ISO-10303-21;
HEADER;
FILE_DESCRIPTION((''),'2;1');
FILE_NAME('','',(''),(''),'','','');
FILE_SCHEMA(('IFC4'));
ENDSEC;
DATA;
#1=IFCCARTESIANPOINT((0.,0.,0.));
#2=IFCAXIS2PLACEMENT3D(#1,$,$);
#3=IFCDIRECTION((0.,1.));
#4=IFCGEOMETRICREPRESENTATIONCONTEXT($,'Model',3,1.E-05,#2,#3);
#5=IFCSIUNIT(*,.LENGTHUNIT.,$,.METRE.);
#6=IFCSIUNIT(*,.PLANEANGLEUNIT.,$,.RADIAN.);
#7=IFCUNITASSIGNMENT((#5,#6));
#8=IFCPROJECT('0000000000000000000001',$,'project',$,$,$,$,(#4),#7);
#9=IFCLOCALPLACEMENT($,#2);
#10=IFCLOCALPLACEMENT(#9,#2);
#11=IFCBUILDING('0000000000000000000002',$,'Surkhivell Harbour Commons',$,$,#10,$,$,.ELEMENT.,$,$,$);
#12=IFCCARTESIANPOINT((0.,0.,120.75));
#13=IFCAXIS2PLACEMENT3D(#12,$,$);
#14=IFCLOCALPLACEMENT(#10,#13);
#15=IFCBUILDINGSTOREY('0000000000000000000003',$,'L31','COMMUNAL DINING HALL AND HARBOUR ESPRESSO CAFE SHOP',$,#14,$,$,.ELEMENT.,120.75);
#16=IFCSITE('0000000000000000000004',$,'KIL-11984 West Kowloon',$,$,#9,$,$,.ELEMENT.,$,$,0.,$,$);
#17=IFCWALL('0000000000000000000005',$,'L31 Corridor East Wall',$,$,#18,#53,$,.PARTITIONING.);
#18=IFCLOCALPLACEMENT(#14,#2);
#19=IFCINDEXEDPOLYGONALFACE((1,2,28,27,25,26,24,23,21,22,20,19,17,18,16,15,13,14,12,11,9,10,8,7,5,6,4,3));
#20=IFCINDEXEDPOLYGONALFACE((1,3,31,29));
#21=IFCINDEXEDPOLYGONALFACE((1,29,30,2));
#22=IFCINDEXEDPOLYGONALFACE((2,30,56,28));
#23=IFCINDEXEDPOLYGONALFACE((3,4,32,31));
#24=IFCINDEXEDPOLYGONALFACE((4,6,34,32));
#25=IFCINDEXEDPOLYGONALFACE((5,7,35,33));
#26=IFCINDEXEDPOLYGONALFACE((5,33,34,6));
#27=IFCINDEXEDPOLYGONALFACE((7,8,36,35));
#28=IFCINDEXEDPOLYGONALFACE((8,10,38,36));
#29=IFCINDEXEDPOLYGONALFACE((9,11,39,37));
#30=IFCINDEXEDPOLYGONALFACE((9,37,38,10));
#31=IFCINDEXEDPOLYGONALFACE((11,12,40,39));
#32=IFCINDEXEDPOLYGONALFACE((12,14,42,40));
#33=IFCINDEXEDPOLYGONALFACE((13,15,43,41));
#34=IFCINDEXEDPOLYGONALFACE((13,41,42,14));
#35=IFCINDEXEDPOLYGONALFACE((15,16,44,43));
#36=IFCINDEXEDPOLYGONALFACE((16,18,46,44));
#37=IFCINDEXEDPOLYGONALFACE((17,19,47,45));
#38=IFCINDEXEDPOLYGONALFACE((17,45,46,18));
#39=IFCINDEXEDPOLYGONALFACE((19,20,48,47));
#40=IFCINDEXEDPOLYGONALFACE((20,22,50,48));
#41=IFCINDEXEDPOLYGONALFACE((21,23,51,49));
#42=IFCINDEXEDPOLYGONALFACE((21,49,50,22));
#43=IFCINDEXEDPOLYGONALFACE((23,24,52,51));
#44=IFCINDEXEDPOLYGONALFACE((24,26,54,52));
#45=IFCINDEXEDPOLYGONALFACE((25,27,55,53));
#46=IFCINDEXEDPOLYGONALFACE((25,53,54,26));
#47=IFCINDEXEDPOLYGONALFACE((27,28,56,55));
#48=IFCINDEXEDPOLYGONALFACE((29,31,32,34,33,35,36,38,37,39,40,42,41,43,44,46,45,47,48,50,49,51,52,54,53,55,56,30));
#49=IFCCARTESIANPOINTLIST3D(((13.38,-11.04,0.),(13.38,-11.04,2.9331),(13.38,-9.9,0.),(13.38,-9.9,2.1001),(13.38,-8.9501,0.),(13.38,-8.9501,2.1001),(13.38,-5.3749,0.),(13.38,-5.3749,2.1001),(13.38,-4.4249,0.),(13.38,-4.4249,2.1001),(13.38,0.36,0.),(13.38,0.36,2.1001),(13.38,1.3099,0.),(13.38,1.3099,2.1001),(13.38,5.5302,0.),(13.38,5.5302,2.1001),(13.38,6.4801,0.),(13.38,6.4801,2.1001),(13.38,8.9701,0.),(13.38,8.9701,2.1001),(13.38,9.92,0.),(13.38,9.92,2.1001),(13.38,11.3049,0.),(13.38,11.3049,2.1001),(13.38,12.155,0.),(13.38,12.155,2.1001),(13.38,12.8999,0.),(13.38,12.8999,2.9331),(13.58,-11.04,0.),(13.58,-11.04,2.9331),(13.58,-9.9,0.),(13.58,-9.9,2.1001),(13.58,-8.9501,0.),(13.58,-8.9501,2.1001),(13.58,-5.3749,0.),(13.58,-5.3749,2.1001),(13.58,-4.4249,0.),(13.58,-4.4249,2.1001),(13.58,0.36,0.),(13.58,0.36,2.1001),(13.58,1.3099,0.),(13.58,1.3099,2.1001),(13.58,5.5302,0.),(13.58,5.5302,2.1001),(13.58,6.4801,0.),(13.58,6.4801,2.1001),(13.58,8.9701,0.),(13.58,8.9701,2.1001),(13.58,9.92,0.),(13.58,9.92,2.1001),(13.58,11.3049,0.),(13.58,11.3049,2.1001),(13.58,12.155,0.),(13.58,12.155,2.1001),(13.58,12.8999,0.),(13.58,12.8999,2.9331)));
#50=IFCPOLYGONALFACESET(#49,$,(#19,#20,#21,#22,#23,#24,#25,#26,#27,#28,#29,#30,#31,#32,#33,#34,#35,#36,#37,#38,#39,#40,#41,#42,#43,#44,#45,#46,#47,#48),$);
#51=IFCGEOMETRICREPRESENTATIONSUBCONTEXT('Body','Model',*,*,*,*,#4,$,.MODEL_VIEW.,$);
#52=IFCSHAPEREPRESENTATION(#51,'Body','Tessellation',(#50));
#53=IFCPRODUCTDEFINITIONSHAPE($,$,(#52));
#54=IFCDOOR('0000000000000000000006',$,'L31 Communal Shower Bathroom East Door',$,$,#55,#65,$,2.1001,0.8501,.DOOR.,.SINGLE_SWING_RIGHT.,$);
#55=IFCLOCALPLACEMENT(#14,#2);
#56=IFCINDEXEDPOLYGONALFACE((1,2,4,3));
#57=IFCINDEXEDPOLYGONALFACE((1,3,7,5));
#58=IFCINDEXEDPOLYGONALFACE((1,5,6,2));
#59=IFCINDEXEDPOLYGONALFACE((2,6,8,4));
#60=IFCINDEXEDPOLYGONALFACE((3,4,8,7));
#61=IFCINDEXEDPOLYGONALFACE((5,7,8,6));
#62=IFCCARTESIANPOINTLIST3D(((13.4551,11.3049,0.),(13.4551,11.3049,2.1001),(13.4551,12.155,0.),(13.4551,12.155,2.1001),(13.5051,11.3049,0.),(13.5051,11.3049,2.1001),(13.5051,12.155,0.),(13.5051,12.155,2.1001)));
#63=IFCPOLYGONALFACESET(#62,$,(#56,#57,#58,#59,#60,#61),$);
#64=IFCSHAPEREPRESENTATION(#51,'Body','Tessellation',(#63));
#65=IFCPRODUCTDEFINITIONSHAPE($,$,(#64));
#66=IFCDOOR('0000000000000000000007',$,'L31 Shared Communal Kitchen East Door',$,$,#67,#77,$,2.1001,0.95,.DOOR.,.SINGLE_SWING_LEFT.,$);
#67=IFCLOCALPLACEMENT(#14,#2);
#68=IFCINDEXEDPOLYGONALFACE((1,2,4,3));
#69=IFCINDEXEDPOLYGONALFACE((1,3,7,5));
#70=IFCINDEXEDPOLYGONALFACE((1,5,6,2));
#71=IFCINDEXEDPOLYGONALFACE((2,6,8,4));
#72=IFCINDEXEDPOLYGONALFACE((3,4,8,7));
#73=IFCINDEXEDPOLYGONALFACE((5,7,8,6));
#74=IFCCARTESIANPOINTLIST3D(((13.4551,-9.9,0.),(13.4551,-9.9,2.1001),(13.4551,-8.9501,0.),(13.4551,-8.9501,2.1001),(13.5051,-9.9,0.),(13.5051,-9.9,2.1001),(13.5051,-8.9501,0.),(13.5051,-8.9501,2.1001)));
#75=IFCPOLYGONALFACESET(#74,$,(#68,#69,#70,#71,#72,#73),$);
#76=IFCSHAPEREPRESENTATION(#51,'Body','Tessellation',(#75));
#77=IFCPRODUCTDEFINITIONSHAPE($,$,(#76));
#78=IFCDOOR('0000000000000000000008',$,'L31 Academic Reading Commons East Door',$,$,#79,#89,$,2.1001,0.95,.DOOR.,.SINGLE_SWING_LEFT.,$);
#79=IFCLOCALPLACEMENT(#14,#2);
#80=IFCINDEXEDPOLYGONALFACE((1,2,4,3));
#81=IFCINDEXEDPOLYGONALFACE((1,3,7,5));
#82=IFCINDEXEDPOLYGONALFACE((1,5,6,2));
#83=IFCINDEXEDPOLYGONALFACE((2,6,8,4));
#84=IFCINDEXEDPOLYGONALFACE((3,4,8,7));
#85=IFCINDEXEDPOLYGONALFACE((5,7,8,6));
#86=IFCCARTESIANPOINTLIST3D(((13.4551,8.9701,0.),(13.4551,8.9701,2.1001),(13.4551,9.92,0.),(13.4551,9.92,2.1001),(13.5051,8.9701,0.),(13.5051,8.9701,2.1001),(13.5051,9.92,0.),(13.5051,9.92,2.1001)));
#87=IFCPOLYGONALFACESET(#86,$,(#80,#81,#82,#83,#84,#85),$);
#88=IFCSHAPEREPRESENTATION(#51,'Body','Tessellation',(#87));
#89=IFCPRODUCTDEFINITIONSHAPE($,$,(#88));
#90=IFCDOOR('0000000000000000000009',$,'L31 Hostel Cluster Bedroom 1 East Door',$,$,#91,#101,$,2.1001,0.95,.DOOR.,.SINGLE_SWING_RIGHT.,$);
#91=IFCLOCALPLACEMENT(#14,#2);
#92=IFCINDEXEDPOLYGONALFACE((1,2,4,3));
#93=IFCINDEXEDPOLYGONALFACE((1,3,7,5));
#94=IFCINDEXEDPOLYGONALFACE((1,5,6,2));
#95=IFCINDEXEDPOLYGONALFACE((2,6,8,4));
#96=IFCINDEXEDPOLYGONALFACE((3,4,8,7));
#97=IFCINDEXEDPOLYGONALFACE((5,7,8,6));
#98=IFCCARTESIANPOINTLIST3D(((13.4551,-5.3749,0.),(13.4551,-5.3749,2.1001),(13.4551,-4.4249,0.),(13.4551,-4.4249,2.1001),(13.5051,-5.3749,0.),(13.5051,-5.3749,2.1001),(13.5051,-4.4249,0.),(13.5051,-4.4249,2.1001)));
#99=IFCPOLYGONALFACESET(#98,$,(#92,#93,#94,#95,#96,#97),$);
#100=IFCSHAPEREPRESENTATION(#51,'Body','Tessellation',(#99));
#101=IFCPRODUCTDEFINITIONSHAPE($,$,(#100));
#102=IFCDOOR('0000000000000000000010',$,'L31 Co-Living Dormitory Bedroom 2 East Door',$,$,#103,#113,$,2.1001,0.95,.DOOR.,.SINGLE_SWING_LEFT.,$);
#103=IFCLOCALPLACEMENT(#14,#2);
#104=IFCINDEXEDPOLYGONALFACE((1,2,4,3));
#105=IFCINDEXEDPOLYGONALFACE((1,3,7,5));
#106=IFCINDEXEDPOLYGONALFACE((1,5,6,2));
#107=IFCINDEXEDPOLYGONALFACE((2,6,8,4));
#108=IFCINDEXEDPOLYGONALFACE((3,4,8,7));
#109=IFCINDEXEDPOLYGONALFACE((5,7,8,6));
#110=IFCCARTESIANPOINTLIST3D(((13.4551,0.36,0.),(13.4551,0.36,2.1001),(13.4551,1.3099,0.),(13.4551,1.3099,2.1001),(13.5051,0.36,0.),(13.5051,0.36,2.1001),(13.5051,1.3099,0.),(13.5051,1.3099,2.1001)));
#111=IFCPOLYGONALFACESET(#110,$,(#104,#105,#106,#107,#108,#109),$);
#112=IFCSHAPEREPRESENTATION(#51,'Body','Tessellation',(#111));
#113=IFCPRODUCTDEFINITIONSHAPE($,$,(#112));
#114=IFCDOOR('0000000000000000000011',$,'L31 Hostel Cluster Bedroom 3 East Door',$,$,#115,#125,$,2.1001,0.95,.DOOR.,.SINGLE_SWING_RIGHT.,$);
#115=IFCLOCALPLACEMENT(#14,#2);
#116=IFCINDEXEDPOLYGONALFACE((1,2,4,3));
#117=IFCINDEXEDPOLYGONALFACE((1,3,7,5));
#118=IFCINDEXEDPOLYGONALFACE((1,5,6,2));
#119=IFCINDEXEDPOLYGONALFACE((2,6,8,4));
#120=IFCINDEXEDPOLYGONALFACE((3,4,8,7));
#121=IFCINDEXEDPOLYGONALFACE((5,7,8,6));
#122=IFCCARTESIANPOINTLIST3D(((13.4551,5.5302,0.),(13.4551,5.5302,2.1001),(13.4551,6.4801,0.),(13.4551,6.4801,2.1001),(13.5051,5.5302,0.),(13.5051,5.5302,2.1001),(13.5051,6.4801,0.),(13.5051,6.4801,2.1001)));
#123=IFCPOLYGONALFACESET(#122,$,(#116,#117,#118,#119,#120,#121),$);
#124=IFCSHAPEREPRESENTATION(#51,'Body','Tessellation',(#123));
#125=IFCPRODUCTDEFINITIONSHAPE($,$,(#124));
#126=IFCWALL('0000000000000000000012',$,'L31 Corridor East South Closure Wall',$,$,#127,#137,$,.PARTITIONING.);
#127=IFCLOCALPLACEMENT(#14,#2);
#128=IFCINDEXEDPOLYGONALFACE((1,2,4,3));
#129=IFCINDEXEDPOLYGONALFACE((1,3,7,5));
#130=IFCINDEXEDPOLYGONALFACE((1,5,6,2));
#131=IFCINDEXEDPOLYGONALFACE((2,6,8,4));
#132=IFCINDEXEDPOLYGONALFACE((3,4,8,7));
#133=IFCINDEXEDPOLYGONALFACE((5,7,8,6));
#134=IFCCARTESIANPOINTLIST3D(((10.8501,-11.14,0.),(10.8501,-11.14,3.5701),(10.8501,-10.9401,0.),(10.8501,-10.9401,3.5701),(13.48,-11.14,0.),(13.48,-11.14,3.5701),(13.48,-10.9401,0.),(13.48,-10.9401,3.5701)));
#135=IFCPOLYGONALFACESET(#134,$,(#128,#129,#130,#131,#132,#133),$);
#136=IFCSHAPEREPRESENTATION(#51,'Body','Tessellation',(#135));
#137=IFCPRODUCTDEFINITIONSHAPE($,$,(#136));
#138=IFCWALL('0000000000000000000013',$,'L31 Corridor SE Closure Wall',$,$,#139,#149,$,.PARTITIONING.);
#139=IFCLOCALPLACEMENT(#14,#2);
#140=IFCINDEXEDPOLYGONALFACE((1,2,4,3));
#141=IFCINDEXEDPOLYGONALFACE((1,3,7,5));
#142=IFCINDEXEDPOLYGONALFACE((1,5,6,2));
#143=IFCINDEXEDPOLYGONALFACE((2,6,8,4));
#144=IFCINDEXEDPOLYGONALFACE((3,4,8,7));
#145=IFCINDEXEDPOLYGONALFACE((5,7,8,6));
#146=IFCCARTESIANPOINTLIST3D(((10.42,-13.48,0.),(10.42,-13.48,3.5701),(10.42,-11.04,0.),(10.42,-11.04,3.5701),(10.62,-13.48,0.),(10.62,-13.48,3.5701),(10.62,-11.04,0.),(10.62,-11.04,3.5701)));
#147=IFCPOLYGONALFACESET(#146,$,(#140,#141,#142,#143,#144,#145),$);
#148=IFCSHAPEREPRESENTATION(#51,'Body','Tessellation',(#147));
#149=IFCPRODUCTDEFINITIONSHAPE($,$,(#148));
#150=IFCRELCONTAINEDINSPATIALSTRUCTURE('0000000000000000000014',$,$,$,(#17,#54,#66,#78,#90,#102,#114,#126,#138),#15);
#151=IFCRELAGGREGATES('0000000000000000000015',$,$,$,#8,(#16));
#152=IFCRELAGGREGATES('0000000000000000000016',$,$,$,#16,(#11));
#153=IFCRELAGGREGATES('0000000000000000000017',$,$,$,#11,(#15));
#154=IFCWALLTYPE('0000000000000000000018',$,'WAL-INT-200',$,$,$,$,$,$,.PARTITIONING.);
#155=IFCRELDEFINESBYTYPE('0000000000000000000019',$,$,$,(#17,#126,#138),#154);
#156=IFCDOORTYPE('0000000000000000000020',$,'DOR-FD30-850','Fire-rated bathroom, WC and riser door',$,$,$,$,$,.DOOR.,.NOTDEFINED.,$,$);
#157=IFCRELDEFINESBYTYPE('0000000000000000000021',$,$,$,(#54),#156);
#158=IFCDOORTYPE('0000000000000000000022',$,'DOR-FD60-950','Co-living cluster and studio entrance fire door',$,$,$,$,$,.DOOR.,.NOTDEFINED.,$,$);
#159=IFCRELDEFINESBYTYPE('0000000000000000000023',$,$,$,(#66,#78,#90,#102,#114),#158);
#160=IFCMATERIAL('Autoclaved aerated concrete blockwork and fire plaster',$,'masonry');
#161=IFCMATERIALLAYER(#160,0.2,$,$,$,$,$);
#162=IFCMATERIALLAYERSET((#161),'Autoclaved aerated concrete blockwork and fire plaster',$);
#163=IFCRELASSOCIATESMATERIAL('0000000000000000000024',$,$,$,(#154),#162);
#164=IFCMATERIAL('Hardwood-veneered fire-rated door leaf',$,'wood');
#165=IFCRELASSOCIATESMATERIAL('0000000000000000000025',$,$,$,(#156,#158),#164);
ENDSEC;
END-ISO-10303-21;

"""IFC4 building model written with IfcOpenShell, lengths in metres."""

from ifc_helpers import new_model, si_unit, direction, frame, frame_2d, origin, place, context, subcontext, project, spatial, rectangle, extrude, material, layer, layer_set, type_object, element, fill, save


model = new_model("IFC4")

# Units and contexts
model_context = context("Model", 3, precision=1e-05, world=origin(), true_north=direction((0.0, 1.0)))
body_context = subcontext(model_context, "Body", "Model", "MODEL_VIEW")
ifc_project = project(units=[si_unit("LENGTHUNIT", "METRE"), si_unit("PLANEANGLEUNIT", "RADIAN")], contexts=[model_context])

# Site, building, storey
site_placement = place(None, origin())
site = spatial("IfcSite", under=ifc_project, at=site_placement, Name="KIL-11984 West Kowloon", CompositionType="ELEMENT", RefElevation=0.0)
building_placement = place(site_placement, origin())
building = spatial("IfcBuilding", under=site, at=building_placement, Name="Surkhivell Harbour Commons", CompositionType="ELEMENT")
storey_placement = place(building_placement, frame((0.0, 0.0, 120.75)))
storey = spatial("IfcBuildingStorey", under=building, at=storey_placement, Name="L31", Description="COMMUNAL DINING HALL AND HARBOUR ESPRESSO CAFE SHOP", CompositionType="ELEMENT", Elevation=120.75)

# Shared definitions
ifc_material_1 = material(Name="Autoclaved aerated concrete blockwork and fire plaster", Category="masonry")
ifc_layer_1 = layer(ifc_material_1, 0.2)
ifc_layer_set_1 = layer_set([ifc_layer_1], Name="Autoclaved aerated concrete blockwork and fire plaster")
wall_type_1 = type_object("IfcWallType", Name="WAL-INT-200", PredefinedType="PARTITIONING", material=ifc_layer_set_1)

# Wall, openings, doors
wall_1_placement = place(storey_placement, frame((13.48, -11.04, 0.0), z_axis=(0.0, 0.0, 1.0), x_axis=(0.0, 1.0, 0.0)))
wall_1 = element("IfcWall", 1, at=wall_1_placement, inside=storey, type_object=wall_type_1, Name="L31 Corridor East Wall", PredefinedType="PARTITIONING", context=body_context, shape_type="SweptSolid", body=[
    extrude(rectangle(XDim=23.9399, YDim=0.2, at=frame_2d((11.97, 0.0))), origin(), (0.0, 0.0, 1.0), 2.9331),
])
opening_1_placement = place(wall_1_placement, frame((1.1399, 0.0, 0.0)))
opening_1 = element("IfcOpeningElement", 2, at=opening_1_placement, cuts=wall_1, PredefinedType="OPENING", context=body_context, shape_type="SweptSolid", body=[
    extrude(rectangle(XDim=0.95, YDim=2.1001, at=frame_2d((0.4751, 1.05))), frame((0.0, 0.1099, 0.0), z_axis=(0.0, -1.0, 0.0), x_axis=(1.0, 0.0, 0.0)), (0.0, 0.0, 1.0), 0.22),
])
opening_2_placement = place(wall_1_placement, frame((22.345, 0.0, 0.0)))
opening_2 = element("IfcOpeningElement", 3, at=opening_2_placement, cuts=wall_1, PredefinedType="OPENING", context=body_context, shape_type="SweptSolid", body=[
    extrude(rectangle(XDim=0.8501, YDim=2.1001, at=frame_2d((0.425, 1.05))), frame((0.0, 0.1099, 0.0), z_axis=(0.0, -1.0, 0.0), x_axis=(1.0, 0.0, 0.0)), (0.0, 0.0, 1.0), 0.22),
])
opening_3_placement = place(wall_1_placement, frame((20.01, 0.0, 0.0)))
opening_3 = element("IfcOpeningElement", 4, at=opening_3_placement, cuts=wall_1, PredefinedType="OPENING", context=body_context, shape_type="SweptSolid", body=[
    extrude(rectangle(XDim=0.95, YDim=2.1001, at=frame_2d((0.4751, 1.05))), frame((0.0, 0.1099, 0.0), z_axis=(0.0, -1.0, 0.0), x_axis=(1.0, 0.0, 0.0)), (0.0, 0.0, 1.0), 0.22),
])
opening_4_placement = place(wall_1_placement, frame((5.665, 0.0, 0.0)))
opening_4 = element("IfcOpeningElement", 5, at=opening_4_placement, cuts=wall_1, PredefinedType="OPENING", context=body_context, shape_type="SweptSolid", body=[
    extrude(rectangle(XDim=0.95, YDim=2.1001, at=frame_2d((0.4751, 1.05))), frame((0.0, 0.1099, 0.0), z_axis=(0.0, -1.0, 0.0), x_axis=(1.0, 0.0, 0.0)), (0.0, 0.0, 1.0), 0.22),
])
opening_5_placement = place(wall_1_placement, frame((11.3999, 0.0, 0.0)))
opening_5 = element("IfcOpeningElement", 6, at=opening_5_placement, cuts=wall_1, PredefinedType="OPENING", context=body_context, shape_type="SweptSolid", body=[
    extrude(rectangle(XDim=0.95, YDim=2.1001, at=frame_2d((0.4751, 1.05))), frame((0.0, 0.1099, 0.0), z_axis=(0.0, -1.0, 0.0), x_axis=(1.0, 0.0, 0.0)), (0.0, 0.0, 1.0), 0.22),
])
opening_6_placement = place(wall_1_placement, frame((16.5701, 0.0, 0.0)))
opening_6 = element("IfcOpeningElement", 7, at=opening_6_placement, cuts=wall_1, PredefinedType="OPENING", context=body_context, shape_type="SweptSolid", body=[
    extrude(rectangle(XDim=0.95, YDim=2.1001, at=frame_2d((0.4751, 1.05))), frame((0.0, 0.1099, 0.0), z_axis=(0.0, -1.0, 0.0), x_axis=(1.0, 0.0, 0.0)), (0.0, 0.0, 1.0), 0.22),
])
ifc_material_2 = material(Name="Hardwood-veneered fire-rated door leaf", Category="wood")
door_type_1 = type_object("IfcDoorType", Name="DOR-FD30-850", Description="Fire-rated bathroom, WC and riser door", OperationType="NOTDEFINED", PredefinedType="DOOR", material=ifc_material_2)
door_1_placement = place(opening_2_placement, origin())
door_1 = element("IfcDoor", 8, at=door_1_placement, inside=storey, type_object=door_type_1, Name="L31 Communal Shower Bathroom East Door", OperationType="SINGLE_SWING_RIGHT", OverallHeight=2.1001, OverallWidth=0.8501, PredefinedType="DOOR", context=body_context, shape_type="SweptSolid", body=[
    extrude(rectangle(XDim=0.8501, YDim=2.1001, at=frame_2d((0.425, 1.05))), frame((0.0, 0.0249, 0.0), z_axis=(0.0, -1.0, 0.0), x_axis=(1.0, 0.0, 0.0)), (0.0, 0.0, 1.0), 0.05),
])
fill(opening_2, door_1)
door_type_2 = type_object("IfcDoorType", Name="DOR-FD60-950", Description="Co-living cluster and studio entrance fire door", OperationType="NOTDEFINED", PredefinedType="DOOR", material=ifc_material_2)
door_2_placement = place(opening_1_placement, origin())
door_2 = element("IfcDoor", 9, at=door_2_placement, inside=storey, type_object=door_type_2, Name="L31 Shared Communal Kitchen East Door", OperationType="SINGLE_SWING_LEFT", OverallHeight=2.1001, OverallWidth=0.95, PredefinedType="DOOR", context=body_context, shape_type="SweptSolid", body=[
    extrude(rectangle(XDim=0.95, YDim=2.1001, at=frame_2d((0.4751, 1.05))), frame((0.0, 0.0249, 0.0), z_axis=(0.0, -1.0, 0.0), x_axis=(1.0, 0.0, 0.0)), (0.0, 0.0, 1.0), 0.05),
])
fill(opening_1, door_2)
door_3_placement = place(opening_3_placement, origin())
door_3 = element("IfcDoor", 10, at=door_3_placement, inside=storey, type_object=door_type_2, Name="L31 Academic Reading Commons East Door", OperationType="SINGLE_SWING_LEFT", OverallHeight=2.1001, OverallWidth=0.95, PredefinedType="DOOR", context=body_context, shape_type="SweptSolid", body=[
    extrude(rectangle(XDim=0.95, YDim=2.1001, at=frame_2d((0.4751, 1.05))), frame((0.0, 0.0249, 0.0), z_axis=(0.0, -1.0, 0.0), x_axis=(1.0, 0.0, 0.0)), (0.0, 0.0, 1.0), 0.05),
])
fill(opening_3, door_3)
door_4_placement = place(opening_4_placement, origin())
door_4 = element("IfcDoor", 11, at=door_4_placement, inside=storey, type_object=door_type_2, Name="L31 Hostel Cluster Bedroom 1 East Door", OperationType="SINGLE_SWING_RIGHT", OverallHeight=2.1001, OverallWidth=0.95, PredefinedType="DOOR", context=body_context, shape_type="SweptSolid", body=[
    extrude(rectangle(XDim=0.95, YDim=2.1001, at=frame_2d((0.4751, 1.05))), frame((0.0, 0.0249, 0.0), z_axis=(0.0, -1.0, 0.0), x_axis=(1.0, 0.0, 0.0)), (0.0, 0.0, 1.0), 0.05),
])
fill(opening_4, door_4)
door_5_placement = place(opening_5_placement, origin())
door_5 = element("IfcDoor", 12, at=door_5_placement, inside=storey, type_object=door_type_2, Name="L31 Co-Living Dormitory Bedroom 2 East Door", OperationType="SINGLE_SWING_LEFT", OverallHeight=2.1001, OverallWidth=0.95, PredefinedType="DOOR", context=body_context, shape_type="SweptSolid", body=[
    extrude(rectangle(XDim=0.95, YDim=2.1001, at=frame_2d((0.4751, 1.05))), frame((0.0, 0.0249, 0.0), z_axis=(0.0, -1.0, 0.0), x_axis=(1.0, 0.0, 0.0)), (0.0, 0.0, 1.0), 0.05),
])
fill(opening_5, door_5)
door_6_placement = place(opening_6_placement, origin())
door_6 = element("IfcDoor", 13, at=door_6_placement, inside=storey, type_object=door_type_2, Name="L31 Hostel Cluster Bedroom 3 East Door", OperationType="SINGLE_SWING_RIGHT", OverallHeight=2.1001, OverallWidth=0.95, PredefinedType="DOOR", context=body_context, shape_type="SweptSolid", body=[
    extrude(rectangle(XDim=0.95, YDim=2.1001, at=frame_2d((0.4751, 1.05))), frame((0.0, 0.0249, 0.0), z_axis=(0.0, -1.0, 0.0), x_axis=(1.0, 0.0, 0.0)), (0.0, 0.0, 1.0), 0.05),
])
fill(opening_6, door_6)

# Walls
wall_2_placement = place(storey_placement, frame((10.8501, -11.04, 0.0), z_axis=(0.0, 0.0, 1.0), x_axis=(1.0, 0.0, 0.0)))
element("IfcWall", 14, at=wall_2_placement, inside=storey, type_object=wall_type_1, Name="L31 Corridor East South Closure Wall", PredefinedType="PARTITIONING", context=body_context, shape_type="SweptSolid", body=[
    extrude(rectangle(XDim=2.6299, YDim=0.2, at=frame_2d((1.3149, 0.0))), origin(), (0.0, 0.0, 1.0), 3.5701),
])
wall_3_placement = place(storey_placement, frame((10.52, -13.48, 0.0), z_axis=(0.0, 0.0, 1.0), x_axis=(0.0, 1.0, 0.0)))
element("IfcWall", 15, at=wall_3_placement, inside=storey, type_object=wall_type_1, Name="L31 Corridor SE Closure Wall", PredefinedType="PARTITIONING", context=body_context, shape_type="SweptSolid", body=[
    extrude(rectangle(XDim=2.4399, YDim=0.2, at=frame_2d((1.22, 0.0))), origin(), (0.0, 0.0, 1.0), 3.5701),
])

save(model, "model.ifc")
